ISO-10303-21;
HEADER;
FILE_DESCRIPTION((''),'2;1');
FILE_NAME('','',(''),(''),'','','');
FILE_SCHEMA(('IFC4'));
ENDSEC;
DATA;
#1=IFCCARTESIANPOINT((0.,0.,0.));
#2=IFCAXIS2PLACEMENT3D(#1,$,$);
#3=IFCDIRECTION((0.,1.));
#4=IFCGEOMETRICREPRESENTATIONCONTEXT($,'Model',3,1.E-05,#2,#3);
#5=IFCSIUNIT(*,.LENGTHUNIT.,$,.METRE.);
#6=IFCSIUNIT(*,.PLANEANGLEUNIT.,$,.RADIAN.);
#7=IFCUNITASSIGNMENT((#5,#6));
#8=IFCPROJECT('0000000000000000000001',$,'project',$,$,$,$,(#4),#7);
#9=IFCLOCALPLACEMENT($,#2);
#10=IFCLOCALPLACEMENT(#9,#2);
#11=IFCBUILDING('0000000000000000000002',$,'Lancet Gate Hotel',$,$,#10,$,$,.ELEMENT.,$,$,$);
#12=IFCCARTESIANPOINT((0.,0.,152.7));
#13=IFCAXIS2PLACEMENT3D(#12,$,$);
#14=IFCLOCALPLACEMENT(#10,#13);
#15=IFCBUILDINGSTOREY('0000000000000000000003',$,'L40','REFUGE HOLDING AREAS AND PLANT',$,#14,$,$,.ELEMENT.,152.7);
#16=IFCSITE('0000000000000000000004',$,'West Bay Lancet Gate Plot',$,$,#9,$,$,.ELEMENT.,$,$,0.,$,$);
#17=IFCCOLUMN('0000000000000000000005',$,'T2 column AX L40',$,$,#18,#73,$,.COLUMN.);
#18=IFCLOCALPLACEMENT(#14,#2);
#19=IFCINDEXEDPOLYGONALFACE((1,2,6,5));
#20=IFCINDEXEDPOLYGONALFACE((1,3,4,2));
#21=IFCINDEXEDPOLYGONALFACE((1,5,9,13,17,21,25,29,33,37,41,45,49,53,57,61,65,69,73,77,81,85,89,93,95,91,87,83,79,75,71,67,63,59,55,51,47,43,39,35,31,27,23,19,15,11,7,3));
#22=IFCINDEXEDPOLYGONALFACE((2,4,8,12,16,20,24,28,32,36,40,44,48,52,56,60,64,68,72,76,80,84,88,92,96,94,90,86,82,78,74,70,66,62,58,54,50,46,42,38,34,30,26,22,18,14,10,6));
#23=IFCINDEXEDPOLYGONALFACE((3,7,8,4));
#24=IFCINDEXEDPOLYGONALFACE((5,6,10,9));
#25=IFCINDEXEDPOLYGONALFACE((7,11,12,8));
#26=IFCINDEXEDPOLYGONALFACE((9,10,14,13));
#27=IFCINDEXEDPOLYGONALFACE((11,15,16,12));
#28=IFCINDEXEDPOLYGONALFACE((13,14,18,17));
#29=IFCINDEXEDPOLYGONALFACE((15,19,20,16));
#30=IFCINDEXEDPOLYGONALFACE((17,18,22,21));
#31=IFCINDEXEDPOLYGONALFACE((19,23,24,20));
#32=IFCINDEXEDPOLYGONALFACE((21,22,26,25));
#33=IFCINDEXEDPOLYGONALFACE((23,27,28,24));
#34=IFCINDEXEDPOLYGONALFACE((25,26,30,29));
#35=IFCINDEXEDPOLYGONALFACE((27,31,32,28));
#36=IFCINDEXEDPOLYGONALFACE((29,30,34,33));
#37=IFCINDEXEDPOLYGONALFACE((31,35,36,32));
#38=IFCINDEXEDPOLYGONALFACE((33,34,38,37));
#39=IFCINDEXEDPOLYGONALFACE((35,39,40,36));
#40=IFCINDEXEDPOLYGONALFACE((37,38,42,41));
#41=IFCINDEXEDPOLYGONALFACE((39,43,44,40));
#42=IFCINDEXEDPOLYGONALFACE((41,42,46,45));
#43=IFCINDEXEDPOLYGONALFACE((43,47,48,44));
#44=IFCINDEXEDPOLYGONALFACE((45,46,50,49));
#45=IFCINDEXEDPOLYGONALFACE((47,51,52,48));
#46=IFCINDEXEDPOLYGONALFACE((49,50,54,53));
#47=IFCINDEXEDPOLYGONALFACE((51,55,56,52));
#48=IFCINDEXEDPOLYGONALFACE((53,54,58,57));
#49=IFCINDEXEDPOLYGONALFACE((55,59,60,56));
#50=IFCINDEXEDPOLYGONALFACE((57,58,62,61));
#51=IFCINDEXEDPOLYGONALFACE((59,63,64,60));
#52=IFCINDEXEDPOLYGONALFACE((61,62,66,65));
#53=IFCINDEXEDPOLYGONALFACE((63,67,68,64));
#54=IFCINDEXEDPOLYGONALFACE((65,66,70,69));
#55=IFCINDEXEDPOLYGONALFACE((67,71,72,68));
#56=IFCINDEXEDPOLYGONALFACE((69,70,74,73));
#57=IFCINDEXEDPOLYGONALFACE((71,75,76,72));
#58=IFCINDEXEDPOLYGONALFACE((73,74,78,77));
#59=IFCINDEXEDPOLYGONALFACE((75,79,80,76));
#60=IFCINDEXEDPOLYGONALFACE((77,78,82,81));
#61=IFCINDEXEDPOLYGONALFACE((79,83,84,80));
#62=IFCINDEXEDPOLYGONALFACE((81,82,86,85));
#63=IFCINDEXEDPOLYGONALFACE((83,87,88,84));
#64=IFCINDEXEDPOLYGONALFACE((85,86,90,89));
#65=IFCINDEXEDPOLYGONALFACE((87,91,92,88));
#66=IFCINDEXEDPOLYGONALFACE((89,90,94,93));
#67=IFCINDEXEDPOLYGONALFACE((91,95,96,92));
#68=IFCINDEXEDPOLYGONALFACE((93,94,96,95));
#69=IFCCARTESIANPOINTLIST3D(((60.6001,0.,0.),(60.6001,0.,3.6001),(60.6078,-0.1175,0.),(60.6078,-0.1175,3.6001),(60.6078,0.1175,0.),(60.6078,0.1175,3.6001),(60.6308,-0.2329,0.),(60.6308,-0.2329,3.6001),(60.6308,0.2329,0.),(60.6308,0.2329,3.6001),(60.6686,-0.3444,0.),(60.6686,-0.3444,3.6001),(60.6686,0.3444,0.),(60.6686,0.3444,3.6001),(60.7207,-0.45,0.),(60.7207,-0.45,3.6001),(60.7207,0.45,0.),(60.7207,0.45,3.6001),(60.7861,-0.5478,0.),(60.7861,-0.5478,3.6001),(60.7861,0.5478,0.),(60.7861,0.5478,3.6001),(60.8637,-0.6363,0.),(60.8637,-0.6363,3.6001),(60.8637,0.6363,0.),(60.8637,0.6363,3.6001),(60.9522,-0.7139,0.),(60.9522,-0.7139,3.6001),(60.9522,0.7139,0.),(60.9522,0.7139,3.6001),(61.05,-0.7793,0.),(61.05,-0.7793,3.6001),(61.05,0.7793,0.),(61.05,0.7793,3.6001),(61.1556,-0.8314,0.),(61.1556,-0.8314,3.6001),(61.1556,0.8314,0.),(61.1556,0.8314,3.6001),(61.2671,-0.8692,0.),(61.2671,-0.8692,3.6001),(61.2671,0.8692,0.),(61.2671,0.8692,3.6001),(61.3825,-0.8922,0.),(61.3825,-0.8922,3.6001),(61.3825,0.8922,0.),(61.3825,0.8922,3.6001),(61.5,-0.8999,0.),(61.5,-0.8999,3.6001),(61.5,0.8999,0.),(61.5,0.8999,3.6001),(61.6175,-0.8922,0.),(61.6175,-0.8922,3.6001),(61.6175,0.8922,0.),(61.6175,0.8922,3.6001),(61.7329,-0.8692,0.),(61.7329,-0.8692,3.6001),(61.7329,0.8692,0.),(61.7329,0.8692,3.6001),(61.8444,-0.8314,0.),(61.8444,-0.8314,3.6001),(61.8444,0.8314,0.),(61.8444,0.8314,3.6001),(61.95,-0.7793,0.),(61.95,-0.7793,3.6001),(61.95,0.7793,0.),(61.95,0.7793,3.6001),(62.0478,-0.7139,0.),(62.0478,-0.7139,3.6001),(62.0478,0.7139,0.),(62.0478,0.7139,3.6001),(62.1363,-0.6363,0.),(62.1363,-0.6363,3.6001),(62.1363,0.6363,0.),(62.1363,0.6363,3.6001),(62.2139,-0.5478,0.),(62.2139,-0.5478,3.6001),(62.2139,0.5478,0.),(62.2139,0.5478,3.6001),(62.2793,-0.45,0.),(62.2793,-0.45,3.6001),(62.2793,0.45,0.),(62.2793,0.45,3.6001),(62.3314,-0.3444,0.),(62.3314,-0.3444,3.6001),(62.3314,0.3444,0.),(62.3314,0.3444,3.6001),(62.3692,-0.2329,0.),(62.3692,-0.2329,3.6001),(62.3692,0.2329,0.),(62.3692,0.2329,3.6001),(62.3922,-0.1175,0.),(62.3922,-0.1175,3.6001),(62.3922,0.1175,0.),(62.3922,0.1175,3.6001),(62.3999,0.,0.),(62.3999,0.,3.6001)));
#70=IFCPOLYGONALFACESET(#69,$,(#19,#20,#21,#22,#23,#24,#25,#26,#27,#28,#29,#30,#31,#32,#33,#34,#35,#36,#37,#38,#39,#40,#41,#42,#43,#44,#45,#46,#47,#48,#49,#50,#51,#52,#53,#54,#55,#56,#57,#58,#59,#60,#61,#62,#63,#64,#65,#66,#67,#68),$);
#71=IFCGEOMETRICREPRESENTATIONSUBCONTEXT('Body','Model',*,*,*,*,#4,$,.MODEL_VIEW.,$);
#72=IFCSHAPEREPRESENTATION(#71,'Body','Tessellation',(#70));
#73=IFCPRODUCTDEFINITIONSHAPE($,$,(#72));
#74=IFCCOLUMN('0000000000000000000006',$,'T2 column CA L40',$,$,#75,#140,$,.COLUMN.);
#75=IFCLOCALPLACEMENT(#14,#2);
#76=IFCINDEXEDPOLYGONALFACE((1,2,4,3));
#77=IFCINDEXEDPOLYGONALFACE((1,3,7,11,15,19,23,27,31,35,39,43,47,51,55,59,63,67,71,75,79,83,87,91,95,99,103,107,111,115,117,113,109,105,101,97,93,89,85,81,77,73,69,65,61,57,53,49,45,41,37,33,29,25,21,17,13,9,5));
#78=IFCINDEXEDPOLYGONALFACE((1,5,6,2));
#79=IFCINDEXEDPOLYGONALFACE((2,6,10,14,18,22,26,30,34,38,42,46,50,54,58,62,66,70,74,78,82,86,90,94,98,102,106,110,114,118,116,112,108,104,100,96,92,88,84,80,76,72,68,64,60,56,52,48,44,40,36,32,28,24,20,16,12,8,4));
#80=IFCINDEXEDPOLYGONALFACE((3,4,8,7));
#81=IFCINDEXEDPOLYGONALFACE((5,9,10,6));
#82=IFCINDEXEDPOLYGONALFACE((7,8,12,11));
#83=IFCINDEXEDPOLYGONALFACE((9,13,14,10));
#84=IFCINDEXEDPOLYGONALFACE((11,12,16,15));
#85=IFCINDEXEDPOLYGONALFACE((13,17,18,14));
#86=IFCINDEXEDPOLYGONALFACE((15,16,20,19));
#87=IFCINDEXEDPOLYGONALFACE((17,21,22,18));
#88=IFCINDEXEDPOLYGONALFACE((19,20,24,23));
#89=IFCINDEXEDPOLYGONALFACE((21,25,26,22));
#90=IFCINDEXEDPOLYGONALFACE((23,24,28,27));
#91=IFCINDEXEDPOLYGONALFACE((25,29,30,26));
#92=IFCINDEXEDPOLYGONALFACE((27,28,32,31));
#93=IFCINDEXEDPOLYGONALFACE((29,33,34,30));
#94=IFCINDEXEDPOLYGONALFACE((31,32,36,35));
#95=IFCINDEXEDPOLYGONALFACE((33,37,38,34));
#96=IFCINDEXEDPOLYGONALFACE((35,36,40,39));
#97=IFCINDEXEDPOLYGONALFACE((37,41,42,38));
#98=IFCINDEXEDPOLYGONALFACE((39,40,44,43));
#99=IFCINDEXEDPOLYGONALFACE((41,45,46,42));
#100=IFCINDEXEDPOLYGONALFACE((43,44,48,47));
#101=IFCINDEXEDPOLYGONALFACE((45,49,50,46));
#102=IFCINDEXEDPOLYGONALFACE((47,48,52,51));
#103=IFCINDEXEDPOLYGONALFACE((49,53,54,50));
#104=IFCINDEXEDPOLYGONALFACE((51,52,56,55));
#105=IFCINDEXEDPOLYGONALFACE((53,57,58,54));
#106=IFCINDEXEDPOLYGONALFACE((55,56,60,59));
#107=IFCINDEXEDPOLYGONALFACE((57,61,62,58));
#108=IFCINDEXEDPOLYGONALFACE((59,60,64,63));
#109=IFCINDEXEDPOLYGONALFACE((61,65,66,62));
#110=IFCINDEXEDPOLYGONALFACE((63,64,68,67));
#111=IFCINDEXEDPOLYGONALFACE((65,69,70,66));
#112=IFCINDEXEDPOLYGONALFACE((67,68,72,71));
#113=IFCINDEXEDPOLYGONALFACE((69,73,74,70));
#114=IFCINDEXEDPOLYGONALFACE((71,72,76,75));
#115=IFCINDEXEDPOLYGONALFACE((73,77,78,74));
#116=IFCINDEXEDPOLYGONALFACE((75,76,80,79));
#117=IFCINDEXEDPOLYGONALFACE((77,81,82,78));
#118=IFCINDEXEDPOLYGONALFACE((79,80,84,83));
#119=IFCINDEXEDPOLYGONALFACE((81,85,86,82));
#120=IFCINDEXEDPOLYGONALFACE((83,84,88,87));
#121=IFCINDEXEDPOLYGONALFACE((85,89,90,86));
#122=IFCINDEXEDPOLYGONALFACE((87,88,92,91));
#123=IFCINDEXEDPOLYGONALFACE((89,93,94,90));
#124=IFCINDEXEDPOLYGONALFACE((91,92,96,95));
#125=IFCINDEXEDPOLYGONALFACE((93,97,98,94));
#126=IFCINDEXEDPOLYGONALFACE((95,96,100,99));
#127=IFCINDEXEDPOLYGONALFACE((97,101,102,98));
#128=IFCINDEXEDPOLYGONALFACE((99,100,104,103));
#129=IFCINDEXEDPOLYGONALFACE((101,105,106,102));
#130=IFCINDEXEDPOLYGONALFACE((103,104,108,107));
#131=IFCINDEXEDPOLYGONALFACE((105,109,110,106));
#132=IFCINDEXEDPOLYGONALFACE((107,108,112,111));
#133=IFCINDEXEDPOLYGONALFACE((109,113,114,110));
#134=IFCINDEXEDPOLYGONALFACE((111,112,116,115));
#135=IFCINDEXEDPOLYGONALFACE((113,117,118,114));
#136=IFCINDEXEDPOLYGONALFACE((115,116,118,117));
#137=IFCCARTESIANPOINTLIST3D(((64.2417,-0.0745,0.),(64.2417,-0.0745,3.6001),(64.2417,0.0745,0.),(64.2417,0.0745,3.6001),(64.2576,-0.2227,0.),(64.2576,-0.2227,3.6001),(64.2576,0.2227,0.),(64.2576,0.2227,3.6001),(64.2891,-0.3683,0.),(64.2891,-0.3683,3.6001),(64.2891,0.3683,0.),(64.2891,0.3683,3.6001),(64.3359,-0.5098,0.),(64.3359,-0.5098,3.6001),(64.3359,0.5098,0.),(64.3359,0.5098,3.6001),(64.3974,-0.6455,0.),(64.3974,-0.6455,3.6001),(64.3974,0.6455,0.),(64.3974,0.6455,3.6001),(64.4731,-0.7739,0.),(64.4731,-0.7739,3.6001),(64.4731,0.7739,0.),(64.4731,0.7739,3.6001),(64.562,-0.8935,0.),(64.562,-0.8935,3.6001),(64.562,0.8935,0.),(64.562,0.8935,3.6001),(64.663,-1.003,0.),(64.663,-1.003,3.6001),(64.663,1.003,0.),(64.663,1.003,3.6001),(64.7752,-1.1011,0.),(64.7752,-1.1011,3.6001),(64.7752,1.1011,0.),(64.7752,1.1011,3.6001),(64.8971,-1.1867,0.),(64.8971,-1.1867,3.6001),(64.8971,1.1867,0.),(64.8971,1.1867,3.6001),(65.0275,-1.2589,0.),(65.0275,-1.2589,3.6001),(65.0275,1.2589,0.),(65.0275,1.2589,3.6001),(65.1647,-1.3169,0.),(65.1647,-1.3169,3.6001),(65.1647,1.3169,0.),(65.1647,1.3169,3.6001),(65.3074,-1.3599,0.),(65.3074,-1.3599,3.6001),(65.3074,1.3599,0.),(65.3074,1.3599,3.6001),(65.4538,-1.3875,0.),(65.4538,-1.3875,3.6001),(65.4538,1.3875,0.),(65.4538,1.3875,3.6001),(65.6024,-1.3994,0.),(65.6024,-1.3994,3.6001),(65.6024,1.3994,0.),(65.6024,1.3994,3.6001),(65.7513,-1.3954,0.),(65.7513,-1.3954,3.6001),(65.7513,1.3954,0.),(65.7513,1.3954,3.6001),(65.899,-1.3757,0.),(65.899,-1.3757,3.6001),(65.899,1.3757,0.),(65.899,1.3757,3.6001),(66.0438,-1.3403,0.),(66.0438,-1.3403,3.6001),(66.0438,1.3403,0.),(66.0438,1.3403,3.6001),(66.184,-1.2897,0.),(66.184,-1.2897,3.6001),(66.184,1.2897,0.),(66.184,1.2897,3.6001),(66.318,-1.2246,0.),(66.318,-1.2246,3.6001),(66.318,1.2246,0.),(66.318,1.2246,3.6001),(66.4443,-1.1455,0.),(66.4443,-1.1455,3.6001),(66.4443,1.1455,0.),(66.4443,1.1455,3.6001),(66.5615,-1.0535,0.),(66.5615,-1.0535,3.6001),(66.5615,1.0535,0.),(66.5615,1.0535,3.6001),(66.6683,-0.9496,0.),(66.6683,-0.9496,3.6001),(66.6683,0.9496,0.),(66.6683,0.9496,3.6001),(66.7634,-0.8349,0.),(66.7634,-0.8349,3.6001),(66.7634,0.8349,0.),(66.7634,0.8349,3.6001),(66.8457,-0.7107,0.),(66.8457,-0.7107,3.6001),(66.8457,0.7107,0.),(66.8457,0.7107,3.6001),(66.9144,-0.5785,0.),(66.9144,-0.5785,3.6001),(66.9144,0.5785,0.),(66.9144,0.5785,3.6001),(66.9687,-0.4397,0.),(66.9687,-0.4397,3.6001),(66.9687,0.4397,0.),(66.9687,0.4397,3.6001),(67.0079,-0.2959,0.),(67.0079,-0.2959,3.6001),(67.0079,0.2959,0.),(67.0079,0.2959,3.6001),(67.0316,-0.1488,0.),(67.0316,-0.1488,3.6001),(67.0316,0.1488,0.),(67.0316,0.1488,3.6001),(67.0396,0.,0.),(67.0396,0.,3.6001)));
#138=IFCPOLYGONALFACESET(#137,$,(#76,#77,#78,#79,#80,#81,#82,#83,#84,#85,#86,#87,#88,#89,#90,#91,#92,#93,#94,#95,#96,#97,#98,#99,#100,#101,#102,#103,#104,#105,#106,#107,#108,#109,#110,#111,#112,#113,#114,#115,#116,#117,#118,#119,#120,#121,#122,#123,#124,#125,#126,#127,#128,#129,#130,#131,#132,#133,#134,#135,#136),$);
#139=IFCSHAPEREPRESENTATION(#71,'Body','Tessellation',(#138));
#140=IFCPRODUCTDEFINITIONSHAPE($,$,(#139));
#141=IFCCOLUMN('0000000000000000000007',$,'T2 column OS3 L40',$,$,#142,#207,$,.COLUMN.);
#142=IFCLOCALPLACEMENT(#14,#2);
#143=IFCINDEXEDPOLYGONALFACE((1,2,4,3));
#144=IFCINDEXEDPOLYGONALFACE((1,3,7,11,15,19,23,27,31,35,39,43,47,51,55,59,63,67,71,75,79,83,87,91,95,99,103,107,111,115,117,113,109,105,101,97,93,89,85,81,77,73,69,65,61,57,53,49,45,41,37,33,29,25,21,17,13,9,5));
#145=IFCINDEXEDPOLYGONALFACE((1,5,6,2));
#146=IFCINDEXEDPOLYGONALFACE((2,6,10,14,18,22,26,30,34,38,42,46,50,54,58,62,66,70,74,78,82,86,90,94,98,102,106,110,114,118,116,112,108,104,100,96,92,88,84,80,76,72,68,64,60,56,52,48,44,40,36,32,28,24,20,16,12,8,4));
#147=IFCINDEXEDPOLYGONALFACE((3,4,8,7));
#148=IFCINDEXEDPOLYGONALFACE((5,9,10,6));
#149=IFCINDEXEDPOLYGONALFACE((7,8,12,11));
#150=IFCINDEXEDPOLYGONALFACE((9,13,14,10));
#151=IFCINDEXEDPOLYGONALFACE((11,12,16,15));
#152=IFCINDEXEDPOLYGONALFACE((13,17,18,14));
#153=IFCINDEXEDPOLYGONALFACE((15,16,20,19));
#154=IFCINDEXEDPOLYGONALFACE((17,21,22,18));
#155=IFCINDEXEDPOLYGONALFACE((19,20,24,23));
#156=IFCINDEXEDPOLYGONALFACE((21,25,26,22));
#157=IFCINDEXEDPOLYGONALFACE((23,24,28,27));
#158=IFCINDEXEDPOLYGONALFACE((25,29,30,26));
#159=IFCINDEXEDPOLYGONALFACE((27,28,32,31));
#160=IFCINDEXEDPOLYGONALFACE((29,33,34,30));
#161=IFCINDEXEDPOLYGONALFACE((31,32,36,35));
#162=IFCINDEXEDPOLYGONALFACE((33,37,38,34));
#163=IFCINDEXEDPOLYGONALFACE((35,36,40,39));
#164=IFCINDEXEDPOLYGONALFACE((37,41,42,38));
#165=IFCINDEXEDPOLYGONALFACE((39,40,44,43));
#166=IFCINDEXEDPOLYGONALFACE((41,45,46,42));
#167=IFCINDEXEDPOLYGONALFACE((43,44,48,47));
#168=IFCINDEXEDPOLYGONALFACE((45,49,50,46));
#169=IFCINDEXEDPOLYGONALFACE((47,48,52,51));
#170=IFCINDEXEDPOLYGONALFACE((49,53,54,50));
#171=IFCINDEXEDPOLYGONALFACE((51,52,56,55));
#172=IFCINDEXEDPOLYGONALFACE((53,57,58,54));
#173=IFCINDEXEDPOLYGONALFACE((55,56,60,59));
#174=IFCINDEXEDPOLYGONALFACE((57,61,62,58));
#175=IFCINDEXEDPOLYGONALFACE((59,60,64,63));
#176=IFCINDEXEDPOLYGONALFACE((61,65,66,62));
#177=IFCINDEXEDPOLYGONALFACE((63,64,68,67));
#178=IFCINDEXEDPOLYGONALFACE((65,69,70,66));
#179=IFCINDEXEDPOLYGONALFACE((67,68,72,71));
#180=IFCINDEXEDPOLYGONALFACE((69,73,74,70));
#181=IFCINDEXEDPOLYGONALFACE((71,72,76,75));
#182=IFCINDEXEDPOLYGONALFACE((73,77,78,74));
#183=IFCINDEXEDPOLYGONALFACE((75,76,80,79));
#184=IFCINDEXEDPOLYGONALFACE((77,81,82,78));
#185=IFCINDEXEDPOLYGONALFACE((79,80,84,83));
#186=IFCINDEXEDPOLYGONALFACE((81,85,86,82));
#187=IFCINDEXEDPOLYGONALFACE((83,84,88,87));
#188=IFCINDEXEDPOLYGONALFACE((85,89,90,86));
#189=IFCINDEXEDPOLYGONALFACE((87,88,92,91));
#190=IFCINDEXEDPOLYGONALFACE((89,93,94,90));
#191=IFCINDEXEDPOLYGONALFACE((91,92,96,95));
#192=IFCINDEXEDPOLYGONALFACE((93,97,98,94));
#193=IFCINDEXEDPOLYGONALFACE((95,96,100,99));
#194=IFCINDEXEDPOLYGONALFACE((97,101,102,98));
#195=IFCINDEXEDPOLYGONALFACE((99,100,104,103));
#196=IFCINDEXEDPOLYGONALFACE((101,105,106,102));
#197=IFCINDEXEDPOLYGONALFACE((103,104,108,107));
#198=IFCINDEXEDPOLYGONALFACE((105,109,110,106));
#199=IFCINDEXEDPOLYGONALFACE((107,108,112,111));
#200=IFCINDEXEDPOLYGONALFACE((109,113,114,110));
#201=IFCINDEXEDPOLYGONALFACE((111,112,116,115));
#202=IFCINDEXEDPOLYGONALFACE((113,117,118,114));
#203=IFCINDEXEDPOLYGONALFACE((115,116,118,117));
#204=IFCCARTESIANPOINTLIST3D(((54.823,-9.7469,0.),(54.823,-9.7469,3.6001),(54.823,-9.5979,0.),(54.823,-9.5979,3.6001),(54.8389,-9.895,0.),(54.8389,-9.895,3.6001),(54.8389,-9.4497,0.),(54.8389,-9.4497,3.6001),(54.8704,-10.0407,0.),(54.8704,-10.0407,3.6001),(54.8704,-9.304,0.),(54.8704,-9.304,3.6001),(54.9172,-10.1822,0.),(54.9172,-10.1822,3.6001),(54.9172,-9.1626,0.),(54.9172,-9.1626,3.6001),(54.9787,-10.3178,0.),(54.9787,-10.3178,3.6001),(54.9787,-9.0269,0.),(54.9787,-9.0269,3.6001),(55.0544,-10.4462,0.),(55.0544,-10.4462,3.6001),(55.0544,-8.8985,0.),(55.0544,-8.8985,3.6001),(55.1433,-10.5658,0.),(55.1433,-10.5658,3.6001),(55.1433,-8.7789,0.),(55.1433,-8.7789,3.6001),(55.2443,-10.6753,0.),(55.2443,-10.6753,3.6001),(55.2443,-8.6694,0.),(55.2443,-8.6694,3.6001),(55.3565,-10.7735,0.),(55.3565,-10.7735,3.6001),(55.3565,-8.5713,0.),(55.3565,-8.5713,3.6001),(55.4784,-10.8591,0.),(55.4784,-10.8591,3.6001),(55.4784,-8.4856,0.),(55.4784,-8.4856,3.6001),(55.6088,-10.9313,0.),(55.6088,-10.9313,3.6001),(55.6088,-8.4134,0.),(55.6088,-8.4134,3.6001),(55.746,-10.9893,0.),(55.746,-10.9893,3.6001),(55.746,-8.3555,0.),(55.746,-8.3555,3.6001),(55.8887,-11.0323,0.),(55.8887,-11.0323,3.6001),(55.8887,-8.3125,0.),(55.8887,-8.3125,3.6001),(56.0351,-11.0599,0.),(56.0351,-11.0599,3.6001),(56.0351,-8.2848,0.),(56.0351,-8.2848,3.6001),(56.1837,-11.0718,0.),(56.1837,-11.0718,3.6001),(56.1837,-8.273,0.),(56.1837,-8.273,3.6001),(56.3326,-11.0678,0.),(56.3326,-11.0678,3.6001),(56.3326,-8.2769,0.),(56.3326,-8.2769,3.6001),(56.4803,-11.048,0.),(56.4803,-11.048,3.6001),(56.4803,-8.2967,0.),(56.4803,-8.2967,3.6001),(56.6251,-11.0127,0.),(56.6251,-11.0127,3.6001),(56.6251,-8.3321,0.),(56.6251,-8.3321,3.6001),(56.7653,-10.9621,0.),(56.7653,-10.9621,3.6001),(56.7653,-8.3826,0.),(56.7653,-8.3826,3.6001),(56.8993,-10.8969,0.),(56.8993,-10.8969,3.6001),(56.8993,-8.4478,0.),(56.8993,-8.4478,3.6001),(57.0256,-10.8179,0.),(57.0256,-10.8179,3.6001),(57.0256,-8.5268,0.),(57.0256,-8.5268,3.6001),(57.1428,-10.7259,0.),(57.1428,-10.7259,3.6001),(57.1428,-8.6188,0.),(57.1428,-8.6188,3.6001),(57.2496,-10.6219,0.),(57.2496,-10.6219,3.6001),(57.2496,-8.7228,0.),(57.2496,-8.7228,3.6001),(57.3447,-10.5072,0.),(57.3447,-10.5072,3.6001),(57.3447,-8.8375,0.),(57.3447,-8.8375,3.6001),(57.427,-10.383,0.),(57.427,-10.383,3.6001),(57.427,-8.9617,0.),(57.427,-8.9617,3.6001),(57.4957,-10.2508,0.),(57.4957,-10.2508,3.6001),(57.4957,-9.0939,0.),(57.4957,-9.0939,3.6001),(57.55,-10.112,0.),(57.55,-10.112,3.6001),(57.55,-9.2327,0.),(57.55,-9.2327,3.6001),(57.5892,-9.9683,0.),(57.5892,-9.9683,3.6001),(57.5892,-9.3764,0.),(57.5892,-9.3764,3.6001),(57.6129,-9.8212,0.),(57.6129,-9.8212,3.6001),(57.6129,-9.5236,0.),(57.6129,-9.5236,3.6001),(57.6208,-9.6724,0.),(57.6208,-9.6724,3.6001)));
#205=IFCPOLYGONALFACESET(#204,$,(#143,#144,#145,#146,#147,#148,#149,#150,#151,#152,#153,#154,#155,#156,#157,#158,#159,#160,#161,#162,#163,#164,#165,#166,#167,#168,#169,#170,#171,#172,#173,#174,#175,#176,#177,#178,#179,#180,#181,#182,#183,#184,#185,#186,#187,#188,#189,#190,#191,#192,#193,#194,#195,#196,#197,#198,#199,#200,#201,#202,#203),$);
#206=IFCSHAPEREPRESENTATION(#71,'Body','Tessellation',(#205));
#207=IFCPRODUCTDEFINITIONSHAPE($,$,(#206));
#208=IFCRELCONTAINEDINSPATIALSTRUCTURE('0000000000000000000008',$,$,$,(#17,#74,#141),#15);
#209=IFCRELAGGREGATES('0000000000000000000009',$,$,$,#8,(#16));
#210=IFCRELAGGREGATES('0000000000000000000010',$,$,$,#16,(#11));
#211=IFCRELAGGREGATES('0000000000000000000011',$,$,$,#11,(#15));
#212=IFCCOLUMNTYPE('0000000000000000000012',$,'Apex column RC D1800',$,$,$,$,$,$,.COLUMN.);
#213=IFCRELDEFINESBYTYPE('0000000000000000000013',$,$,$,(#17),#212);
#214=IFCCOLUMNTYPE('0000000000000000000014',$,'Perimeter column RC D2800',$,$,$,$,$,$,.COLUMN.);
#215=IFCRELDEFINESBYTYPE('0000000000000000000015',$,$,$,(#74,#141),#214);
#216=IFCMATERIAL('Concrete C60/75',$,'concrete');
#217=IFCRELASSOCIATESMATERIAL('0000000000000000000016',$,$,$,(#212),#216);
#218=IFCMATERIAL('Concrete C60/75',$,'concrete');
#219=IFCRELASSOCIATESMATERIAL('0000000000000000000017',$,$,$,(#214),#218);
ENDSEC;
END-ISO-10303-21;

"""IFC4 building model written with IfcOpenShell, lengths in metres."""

from ifc_helpers import new_model, si_unit, direction, frame, origin, origin_2d, place, context, subcontext, project, spatial, circle, extrude, material, material_profile, profile_set, type_object, element, save


model = new_model("IFC4")

# Units and contexts
model_context = context("Model", 3, precision=1e-05, world=origin(), true_north=direction((0.0, 1.0)))
body_context = subcontext(model_context, "Body", "Model", "MODEL_VIEW")
ifc_project = project(units=[si_unit("LENGTHUNIT", "METRE"), si_unit("PLANEANGLEUNIT", "RADIAN")], contexts=[model_context])

# Site, building, storey
site_placement = place(None, origin())
site = spatial("IfcSite", under=ifc_project, at=site_placement, Name="West Bay Lancet Gate Plot", CompositionType="ELEMENT", RefElevation=0.0)
building_placement = place(site_placement, origin())
building = spatial("IfcBuilding", under=site, at=building_placement, Name="Lancet Gate Hotel", CompositionType="ELEMENT")
storey_placement = place(building_placement, frame((0.0, 0.0, 152.7)))
storey = spatial("IfcBuildingStorey", under=building, at=storey_placement, Name="L40", Description="REFUGE HOLDING AREAS AND PLANT", CompositionType="ELEMENT", Elevation=152.7)

# Columns
ifc_material_1 = material(Name="Concrete C60/75", Category="concrete")
ifc_material_profile_1 = material_profile(ifc_material_1, circle(Radius=0.8999, at=origin_2d()), Name="RC D1800")
ifc_profile_set_1 = profile_set([ifc_material_profile_1], Name="Concrete C60/75")
column_type_1 = type_object("IfcColumnType", Name="Apex column RC D1800", PredefinedType="COLUMN", material=ifc_profile_set_1)
column_placement = place(storey_placement, frame((61.5, 0.0, 0.0), z_axis=(0.0, 0.0, 1.0), x_axis=(1.0, 0.0, 0.0)))
element("IfcColumn", 1, at=column_placement, inside=storey, type_object=column_type_1, Name="T2 column AX L40", PredefinedType="COLUMN", context=body_context, shape_type="SweptSolid", body=[
    extrude(circle(Radius=0.8999, at=origin_2d()), origin(), (0.0, 0.0, 1.0), 3.6001),
])
ifc_material_2 = material(Name="Concrete C60/75", Category="concrete")
ifc_material_profile_2 = material_profile(ifc_material_2, circle(Radius=1.3999, at=origin_2d()), Name="RC D2800")
ifc_profile_set_2 = profile_set([ifc_material_profile_2], Name="Concrete C60/75")
column_type_2 = type_object("IfcColumnType", Name="Perimeter column RC D2800", PredefinedType="COLUMN", material=ifc_profile_set_2)
for number, where, z_axis, x_axis, name in (
    (2, (65.6396, 0.0, 0.0), (0.0, 0.0, 1.0), (1.0, 0.0, 0.0), "T2 column CA L40"),
    (3, (56.2209, -9.6724, 0.0), (0.0, 0.0, 1.0), (1.0, 0.0, 0.0), "T2 column OS3 L40"),
):
    element("IfcColumn", number, at=place(storey_placement, frame(where, z_axis=z_axis, x_axis=x_axis)), inside=storey, type_object=column_type_2, Name=name, PredefinedType="COLUMN", context=body_context, shape_type="SweptSolid", body=[
        extrude(circle(Radius=1.3999, at=origin_2d()), origin(), (0.0, 0.0, 1.0), 3.6001),
    ])

save(model, "model.ifc")
